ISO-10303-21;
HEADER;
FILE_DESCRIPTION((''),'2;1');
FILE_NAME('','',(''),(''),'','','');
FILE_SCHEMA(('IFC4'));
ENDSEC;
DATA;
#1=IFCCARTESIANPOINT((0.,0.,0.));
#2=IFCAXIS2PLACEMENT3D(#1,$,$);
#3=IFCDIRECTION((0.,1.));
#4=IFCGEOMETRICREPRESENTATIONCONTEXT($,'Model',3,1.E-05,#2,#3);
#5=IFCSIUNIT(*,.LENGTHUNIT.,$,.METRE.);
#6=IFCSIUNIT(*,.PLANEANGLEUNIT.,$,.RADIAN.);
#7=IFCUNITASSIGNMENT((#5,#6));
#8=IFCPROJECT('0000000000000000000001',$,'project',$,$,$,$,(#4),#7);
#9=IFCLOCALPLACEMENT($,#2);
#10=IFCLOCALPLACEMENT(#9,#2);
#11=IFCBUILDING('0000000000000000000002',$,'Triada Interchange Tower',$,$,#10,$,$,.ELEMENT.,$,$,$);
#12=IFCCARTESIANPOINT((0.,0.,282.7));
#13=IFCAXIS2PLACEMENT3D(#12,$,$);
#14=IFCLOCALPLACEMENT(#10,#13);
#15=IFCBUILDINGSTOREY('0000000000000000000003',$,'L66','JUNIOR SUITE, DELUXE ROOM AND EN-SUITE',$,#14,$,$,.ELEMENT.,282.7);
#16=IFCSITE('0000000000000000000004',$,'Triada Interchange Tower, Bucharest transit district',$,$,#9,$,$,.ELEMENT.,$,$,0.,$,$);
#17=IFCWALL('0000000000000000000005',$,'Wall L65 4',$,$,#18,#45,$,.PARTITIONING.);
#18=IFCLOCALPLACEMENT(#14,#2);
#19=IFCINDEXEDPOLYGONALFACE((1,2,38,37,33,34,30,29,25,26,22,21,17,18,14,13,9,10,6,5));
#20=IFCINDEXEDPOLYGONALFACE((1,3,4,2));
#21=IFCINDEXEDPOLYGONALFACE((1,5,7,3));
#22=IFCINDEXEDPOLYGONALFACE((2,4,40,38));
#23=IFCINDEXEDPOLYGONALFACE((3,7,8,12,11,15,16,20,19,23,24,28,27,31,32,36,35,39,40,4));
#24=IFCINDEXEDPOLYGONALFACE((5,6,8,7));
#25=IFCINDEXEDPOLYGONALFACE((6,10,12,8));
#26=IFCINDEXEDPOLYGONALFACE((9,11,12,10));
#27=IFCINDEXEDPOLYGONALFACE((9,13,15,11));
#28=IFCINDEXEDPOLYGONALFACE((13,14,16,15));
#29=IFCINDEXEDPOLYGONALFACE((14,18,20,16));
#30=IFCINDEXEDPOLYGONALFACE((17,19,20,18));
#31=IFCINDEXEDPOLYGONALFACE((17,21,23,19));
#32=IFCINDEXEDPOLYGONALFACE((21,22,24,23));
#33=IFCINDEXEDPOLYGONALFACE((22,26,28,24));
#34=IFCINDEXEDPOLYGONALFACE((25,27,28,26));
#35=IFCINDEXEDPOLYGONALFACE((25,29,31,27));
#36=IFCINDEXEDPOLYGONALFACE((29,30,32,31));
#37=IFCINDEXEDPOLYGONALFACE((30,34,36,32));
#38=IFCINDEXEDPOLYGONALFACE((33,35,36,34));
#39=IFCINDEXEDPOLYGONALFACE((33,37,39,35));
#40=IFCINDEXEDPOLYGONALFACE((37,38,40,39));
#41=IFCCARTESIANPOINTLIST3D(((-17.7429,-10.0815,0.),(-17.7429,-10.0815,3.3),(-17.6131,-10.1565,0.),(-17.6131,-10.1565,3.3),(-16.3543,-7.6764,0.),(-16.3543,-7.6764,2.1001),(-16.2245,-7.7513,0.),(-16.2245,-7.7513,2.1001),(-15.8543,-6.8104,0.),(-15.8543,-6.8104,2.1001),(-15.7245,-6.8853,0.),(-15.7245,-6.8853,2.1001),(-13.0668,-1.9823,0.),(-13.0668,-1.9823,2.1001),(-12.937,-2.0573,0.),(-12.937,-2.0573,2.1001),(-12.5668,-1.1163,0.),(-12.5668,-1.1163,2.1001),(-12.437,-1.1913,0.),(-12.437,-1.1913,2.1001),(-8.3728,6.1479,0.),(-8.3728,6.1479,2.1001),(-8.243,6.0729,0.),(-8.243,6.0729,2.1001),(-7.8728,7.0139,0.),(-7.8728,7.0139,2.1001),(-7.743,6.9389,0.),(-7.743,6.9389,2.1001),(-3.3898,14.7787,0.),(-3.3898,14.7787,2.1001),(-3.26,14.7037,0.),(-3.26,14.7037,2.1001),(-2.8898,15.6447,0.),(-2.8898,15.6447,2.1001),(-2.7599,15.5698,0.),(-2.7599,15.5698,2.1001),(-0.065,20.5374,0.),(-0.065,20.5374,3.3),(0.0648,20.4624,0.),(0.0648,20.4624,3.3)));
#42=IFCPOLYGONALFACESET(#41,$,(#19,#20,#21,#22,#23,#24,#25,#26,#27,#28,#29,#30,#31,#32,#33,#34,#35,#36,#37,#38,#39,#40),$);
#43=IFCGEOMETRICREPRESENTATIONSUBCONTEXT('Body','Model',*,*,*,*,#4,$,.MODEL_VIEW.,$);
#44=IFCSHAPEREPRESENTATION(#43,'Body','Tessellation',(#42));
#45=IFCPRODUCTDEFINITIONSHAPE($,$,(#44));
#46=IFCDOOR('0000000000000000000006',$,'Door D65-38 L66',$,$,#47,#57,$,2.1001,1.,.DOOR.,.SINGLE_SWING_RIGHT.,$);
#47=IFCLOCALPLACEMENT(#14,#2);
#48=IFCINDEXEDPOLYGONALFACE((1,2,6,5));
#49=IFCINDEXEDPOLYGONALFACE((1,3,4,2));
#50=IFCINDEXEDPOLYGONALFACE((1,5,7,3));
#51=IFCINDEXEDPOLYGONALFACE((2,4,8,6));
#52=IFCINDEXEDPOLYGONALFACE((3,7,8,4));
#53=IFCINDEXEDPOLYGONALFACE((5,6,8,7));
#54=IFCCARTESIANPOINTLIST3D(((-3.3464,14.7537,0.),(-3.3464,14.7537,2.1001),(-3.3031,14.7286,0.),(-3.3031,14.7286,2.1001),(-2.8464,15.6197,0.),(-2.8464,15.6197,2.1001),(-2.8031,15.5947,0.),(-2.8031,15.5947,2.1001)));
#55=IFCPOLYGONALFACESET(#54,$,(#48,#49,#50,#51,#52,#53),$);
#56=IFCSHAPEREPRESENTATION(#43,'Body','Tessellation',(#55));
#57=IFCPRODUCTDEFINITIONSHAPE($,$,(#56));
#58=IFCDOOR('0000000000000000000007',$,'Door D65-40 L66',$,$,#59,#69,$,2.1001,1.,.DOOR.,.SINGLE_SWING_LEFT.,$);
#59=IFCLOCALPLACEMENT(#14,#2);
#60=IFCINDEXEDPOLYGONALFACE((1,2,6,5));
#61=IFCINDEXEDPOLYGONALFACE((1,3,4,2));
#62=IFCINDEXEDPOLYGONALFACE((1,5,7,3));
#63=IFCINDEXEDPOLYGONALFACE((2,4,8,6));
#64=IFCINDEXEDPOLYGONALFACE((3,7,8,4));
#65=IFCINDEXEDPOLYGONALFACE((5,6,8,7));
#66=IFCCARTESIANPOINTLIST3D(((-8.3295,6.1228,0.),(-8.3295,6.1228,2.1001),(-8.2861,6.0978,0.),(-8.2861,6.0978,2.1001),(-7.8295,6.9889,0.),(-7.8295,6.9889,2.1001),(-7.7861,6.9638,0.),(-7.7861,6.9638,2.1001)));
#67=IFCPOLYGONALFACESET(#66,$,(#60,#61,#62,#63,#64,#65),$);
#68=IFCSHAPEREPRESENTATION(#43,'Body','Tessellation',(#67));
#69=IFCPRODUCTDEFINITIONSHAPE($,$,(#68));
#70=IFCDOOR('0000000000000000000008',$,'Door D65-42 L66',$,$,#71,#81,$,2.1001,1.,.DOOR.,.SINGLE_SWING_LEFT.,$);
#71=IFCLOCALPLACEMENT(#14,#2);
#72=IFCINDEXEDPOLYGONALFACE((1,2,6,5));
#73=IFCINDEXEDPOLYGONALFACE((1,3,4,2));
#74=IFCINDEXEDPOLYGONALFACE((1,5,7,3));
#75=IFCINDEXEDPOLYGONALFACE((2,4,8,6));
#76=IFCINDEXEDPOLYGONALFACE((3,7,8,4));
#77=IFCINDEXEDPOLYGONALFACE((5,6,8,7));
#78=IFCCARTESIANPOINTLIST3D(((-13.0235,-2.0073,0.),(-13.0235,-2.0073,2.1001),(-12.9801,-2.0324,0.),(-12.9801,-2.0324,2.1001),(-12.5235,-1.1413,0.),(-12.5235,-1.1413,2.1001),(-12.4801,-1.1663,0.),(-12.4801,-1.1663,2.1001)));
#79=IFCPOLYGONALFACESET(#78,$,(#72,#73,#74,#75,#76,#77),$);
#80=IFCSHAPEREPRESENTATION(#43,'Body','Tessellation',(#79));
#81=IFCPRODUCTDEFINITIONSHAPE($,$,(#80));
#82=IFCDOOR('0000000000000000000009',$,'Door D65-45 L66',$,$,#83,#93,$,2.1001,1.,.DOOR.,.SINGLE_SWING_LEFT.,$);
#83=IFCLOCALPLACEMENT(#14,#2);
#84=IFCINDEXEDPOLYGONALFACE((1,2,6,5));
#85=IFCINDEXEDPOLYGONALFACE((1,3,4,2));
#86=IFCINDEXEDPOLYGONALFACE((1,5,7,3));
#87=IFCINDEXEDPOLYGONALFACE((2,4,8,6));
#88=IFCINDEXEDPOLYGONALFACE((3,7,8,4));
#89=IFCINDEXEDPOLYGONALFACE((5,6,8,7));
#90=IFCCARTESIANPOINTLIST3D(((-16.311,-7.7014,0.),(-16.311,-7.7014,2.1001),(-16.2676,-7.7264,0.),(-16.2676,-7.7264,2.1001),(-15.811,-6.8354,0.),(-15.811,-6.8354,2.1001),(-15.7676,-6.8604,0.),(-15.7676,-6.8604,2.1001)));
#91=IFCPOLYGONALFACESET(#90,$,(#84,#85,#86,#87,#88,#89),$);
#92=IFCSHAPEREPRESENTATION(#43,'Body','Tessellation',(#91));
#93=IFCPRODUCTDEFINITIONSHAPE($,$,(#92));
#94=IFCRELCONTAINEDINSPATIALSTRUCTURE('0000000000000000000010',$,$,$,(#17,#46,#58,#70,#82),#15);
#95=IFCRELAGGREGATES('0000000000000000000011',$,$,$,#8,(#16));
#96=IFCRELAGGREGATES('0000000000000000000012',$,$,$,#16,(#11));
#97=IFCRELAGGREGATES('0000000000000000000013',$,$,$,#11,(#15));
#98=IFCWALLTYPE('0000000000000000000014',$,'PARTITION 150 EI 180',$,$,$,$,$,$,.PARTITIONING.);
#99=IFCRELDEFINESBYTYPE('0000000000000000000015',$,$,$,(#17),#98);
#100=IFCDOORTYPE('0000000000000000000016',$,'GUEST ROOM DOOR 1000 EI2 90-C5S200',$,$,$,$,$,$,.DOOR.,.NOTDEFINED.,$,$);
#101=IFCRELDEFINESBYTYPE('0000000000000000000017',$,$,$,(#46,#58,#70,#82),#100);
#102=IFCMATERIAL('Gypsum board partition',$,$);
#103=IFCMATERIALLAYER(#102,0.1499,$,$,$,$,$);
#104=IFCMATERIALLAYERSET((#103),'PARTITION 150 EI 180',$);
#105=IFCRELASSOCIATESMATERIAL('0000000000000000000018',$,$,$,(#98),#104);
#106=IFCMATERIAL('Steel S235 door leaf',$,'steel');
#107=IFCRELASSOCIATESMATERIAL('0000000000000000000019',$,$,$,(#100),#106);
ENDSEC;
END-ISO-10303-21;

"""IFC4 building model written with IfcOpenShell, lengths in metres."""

from ifc_helpers import new_model, si_unit, direction, frame, frame_2d, origin, place, context, subcontext, project, spatial, rectangle, extrude, material, layer, layer_set, type_object, element, fill, save


model = new_model("IFC4")

# Units and contexts
model_context = context("Model", 3, precision=1e-05, world=origin(), true_north=direction((0.0, 1.0)))
body_context = subcontext(model_context, "Body", "Model", "MODEL_VIEW")
ifc_project = project(units=[si_unit("LENGTHUNIT", "METRE"), si_unit("PLANEANGLEUNIT", "RADIAN")], contexts=[model_context])

# Site, building, storey
site_placement = place(None, origin())
site = spatial("IfcSite", under=ifc_project, at=site_placement, Name="Triada Interchange Tower, Bucharest transit district", CompositionType="ELEMENT", RefElevation=0.0)
building_placement = place(site_placement, origin())
building = spatial("IfcBuilding", under=site, at=building_placement, Name="Triada Interchange Tower", CompositionType="ELEMENT")
storey_placement = place(building_placement, frame((0.0, 0.0, 282.7)))
storey = spatial("IfcBuildingStorey", under=building, at=storey_placement, Name="L66", Description="JUNIOR SUITE, DELUXE ROOM AND EN-SUITE", CompositionType="ELEMENT", Elevation=282.7)

# Wall, openings, doors
ifc_material_1 = material(Name="Gypsum board partition")
ifc_layer = layer(ifc_material_1, 0.1499)
ifc_layer_set = layer_set([ifc_layer], Name="PARTITION 150 EI 180")
wall_type = type_object("IfcWallType", Name="PARTITION 150 EI 180", PredefinedType="PARTITIONING", material=ifc_layer_set)
wall_1_placement = place(storey_placement, frame((-17.678, -10.1189, 0.0), z_axis=(0.0, 0.0, 1.0), x_axis=(0.500003, 0.866024, 0.0)))
wall_1 = element("IfcWall", 1, at=wall_1_placement, inside=storey, type_object=wall_type, Name="Wall L65 4", PredefinedType="PARTITIONING", context=body_context, shape_type="SweptSolid", body=[
    extrude(rectangle(XDim=35.3557, YDim=0.1499, at=frame_2d((17.6777, 0.0))), origin(), (0.0, 0.0, 1.0), 3.3),
])
opening_1_placement = place(wall_1_placement, frame((28.7061, 0.0, 0.0)))
opening_1 = element("IfcOpeningElement", 2, at=opening_1_placement, cuts=wall_1, PredefinedType="OPENING", context=body_context, shape_type="SweptSolid", body=[
    extrude(rectangle(XDim=1.0, YDim=2.1001, at=frame_2d((0.5, 1.05))), frame((0.0, 0.085, 0.0), z_axis=(0.0, -1.0, 0.0), x_axis=(1.0, 0.0, 0.0)), (0.0, 0.0, 1.0), 0.1699),
])
opening_2_placement = place(wall_1_placement, frame((18.74, 0.0, 0.0)))
opening_2 = element("IfcOpeningElement", 3, at=opening_2_placement, cuts=wall_1, PredefinedType="OPENING", context=body_context, shape_type="SweptSolid", body=[
    extrude(rectangle(XDim=1.0, YDim=2.1001, at=frame_2d((0.5, 1.05))), frame((0.0, 0.085, 0.0), z_axis=(0.0, -1.0, 0.0), x_axis=(1.0, 0.0, 0.0)), (0.0, 0.0, 1.0), 0.1699),
])
opening_3_placement = place(wall_1_placement, frame((9.3521, 0.0, 0.0)))
opening_3 = element("IfcOpeningElement", 4, at=opening_3_placement, cuts=wall_1, PredefinedType="OPENING", context=body_context, shape_type="SweptSolid", body=[
    extrude(rectangle(XDim=1.0, YDim=2.1001, at=frame_2d((0.5, 1.05))), frame((0.0, 0.085, 0.0), z_axis=(0.0, -1.0, 0.0), x_axis=(1.0, 0.0, 0.0)), (0.0, 0.0, 1.0), 0.1699),
])
opening_4_placement = place(wall_1_placement, frame((2.7771, 0.0, 0.0)))
opening_4 = element("IfcOpeningElement", 5, at=opening_4_placement, cuts=wall_1, PredefinedType="OPENING", context=body_context, shape_type="SweptSolid", body=[
    extrude(rectangle(XDim=1.0, YDim=2.1001, at=frame_2d((0.5, 1.05))), frame((0.0, 0.085, 0.0), z_axis=(0.0, -1.0, 0.0), x_axis=(1.0, 0.0, 0.0)), (0.0, 0.0, 1.0), 0.1699),
])
ifc_material_2 = material(Name="Steel S235 door leaf", Category="steel")
door_type_1 = type_object("IfcDoorType", Name="GUEST ROOM DOOR 1000 EI2 90-C5S200", OperationType="NOTDEFINED", PredefinedType="DOOR", material=ifc_material_2)
door_1_placement = place(opening_1_placement, origin())
door_1 = element("IfcDoor", 6, at=door_1_placement, inside=storey, type_object=door_type_1, Name="Door D65-38 L66", OperationType="SINGLE_SWING_RIGHT", OverallHeight=2.1001, OverallWidth=1.0, PredefinedType="DOOR", context=body_context, shape_type="SweptSolid", body=[
    extrude(rectangle(XDim=1.0, YDim=2.1001, at=frame_2d((0.5, 1.05))), frame((0.0, 0.0249, 0.0), z_axis=(0.0, -1.0, 0.0), x_axis=(1.0, 0.0, 0.0)), (0.0, 0.0, 1.0), 0.05),
])
fill(opening_1, door_1)
door_2_placement = place(opening_2_placement, origin())
door_2 = element("IfcDoor", 7, at=door_2_placement, inside=storey, type_object=door_type_1, Name="Door D65-40 L66", OperationType="SINGLE_SWING_LEFT", OverallHeight=2.1001, OverallWidth=1.0, PredefinedType="DOOR", context=body_context, shape_type="SweptSolid", body=[
    extrude(rectangle(XDim=1.0, YDim=2.1001, at=frame_2d((0.5, 1.05))), frame((0.0, 0.0249, 0.0), z_axis=(0.0, -1.0, 0.0), x_axis=(1.0, 0.0, 0.0)), (0.0, 0.0, 1.0), 0.05),
])
fill(opening_2, door_2)
door_3_placement = place(opening_3_placement, origin())
door_3 = element("IfcDoor", 8, at=door_3_placement, inside=storey, type_object=door_type_1, Name="Door D65-42 L66", OperationType="SINGLE_SWING_LEFT", OverallHeight=2.1001, OverallWidth=1.0, PredefinedType="DOOR", context=body_context, shape_type="SweptSolid", body=[
    extrude(rectangle(XDim=1.0, YDim=2.1001, at=frame_2d((0.5, 1.05))), frame((0.0, 0.0249, 0.0), z_axis=(0.0, -1.0, 0.0), x_axis=(1.0, 0.0, 0.0)), (0.0, 0.0, 1.0), 0.05),
])
fill(opening_3, door_3)
door_4_placement = place(opening_4_placement, origin())
door_4 = element("IfcDoor", 9, at=door_4_placement, inside=storey, type_object=door_type_1, Name="Door D65-45 L66", OperationType="SINGLE_SWING_LEFT", OverallHeight=2.1001, OverallWidth=1.0, PredefinedType="DOOR", context=body_context, shape_type="SweptSolid", body=[
    extrude(rectangle(XDim=1.0, YDim=2.1001, at=frame_2d((0.5, 1.05))), frame((0.0, 0.0249, 0.0), z_axis=(0.0, -1.0, 0.0), x_axis=(1.0, 0.0, 0.0)), (0.0, 0.0, 1.0), 0.05),
])
fill(opening_4, door_4)

save(model, "model.ifc")
